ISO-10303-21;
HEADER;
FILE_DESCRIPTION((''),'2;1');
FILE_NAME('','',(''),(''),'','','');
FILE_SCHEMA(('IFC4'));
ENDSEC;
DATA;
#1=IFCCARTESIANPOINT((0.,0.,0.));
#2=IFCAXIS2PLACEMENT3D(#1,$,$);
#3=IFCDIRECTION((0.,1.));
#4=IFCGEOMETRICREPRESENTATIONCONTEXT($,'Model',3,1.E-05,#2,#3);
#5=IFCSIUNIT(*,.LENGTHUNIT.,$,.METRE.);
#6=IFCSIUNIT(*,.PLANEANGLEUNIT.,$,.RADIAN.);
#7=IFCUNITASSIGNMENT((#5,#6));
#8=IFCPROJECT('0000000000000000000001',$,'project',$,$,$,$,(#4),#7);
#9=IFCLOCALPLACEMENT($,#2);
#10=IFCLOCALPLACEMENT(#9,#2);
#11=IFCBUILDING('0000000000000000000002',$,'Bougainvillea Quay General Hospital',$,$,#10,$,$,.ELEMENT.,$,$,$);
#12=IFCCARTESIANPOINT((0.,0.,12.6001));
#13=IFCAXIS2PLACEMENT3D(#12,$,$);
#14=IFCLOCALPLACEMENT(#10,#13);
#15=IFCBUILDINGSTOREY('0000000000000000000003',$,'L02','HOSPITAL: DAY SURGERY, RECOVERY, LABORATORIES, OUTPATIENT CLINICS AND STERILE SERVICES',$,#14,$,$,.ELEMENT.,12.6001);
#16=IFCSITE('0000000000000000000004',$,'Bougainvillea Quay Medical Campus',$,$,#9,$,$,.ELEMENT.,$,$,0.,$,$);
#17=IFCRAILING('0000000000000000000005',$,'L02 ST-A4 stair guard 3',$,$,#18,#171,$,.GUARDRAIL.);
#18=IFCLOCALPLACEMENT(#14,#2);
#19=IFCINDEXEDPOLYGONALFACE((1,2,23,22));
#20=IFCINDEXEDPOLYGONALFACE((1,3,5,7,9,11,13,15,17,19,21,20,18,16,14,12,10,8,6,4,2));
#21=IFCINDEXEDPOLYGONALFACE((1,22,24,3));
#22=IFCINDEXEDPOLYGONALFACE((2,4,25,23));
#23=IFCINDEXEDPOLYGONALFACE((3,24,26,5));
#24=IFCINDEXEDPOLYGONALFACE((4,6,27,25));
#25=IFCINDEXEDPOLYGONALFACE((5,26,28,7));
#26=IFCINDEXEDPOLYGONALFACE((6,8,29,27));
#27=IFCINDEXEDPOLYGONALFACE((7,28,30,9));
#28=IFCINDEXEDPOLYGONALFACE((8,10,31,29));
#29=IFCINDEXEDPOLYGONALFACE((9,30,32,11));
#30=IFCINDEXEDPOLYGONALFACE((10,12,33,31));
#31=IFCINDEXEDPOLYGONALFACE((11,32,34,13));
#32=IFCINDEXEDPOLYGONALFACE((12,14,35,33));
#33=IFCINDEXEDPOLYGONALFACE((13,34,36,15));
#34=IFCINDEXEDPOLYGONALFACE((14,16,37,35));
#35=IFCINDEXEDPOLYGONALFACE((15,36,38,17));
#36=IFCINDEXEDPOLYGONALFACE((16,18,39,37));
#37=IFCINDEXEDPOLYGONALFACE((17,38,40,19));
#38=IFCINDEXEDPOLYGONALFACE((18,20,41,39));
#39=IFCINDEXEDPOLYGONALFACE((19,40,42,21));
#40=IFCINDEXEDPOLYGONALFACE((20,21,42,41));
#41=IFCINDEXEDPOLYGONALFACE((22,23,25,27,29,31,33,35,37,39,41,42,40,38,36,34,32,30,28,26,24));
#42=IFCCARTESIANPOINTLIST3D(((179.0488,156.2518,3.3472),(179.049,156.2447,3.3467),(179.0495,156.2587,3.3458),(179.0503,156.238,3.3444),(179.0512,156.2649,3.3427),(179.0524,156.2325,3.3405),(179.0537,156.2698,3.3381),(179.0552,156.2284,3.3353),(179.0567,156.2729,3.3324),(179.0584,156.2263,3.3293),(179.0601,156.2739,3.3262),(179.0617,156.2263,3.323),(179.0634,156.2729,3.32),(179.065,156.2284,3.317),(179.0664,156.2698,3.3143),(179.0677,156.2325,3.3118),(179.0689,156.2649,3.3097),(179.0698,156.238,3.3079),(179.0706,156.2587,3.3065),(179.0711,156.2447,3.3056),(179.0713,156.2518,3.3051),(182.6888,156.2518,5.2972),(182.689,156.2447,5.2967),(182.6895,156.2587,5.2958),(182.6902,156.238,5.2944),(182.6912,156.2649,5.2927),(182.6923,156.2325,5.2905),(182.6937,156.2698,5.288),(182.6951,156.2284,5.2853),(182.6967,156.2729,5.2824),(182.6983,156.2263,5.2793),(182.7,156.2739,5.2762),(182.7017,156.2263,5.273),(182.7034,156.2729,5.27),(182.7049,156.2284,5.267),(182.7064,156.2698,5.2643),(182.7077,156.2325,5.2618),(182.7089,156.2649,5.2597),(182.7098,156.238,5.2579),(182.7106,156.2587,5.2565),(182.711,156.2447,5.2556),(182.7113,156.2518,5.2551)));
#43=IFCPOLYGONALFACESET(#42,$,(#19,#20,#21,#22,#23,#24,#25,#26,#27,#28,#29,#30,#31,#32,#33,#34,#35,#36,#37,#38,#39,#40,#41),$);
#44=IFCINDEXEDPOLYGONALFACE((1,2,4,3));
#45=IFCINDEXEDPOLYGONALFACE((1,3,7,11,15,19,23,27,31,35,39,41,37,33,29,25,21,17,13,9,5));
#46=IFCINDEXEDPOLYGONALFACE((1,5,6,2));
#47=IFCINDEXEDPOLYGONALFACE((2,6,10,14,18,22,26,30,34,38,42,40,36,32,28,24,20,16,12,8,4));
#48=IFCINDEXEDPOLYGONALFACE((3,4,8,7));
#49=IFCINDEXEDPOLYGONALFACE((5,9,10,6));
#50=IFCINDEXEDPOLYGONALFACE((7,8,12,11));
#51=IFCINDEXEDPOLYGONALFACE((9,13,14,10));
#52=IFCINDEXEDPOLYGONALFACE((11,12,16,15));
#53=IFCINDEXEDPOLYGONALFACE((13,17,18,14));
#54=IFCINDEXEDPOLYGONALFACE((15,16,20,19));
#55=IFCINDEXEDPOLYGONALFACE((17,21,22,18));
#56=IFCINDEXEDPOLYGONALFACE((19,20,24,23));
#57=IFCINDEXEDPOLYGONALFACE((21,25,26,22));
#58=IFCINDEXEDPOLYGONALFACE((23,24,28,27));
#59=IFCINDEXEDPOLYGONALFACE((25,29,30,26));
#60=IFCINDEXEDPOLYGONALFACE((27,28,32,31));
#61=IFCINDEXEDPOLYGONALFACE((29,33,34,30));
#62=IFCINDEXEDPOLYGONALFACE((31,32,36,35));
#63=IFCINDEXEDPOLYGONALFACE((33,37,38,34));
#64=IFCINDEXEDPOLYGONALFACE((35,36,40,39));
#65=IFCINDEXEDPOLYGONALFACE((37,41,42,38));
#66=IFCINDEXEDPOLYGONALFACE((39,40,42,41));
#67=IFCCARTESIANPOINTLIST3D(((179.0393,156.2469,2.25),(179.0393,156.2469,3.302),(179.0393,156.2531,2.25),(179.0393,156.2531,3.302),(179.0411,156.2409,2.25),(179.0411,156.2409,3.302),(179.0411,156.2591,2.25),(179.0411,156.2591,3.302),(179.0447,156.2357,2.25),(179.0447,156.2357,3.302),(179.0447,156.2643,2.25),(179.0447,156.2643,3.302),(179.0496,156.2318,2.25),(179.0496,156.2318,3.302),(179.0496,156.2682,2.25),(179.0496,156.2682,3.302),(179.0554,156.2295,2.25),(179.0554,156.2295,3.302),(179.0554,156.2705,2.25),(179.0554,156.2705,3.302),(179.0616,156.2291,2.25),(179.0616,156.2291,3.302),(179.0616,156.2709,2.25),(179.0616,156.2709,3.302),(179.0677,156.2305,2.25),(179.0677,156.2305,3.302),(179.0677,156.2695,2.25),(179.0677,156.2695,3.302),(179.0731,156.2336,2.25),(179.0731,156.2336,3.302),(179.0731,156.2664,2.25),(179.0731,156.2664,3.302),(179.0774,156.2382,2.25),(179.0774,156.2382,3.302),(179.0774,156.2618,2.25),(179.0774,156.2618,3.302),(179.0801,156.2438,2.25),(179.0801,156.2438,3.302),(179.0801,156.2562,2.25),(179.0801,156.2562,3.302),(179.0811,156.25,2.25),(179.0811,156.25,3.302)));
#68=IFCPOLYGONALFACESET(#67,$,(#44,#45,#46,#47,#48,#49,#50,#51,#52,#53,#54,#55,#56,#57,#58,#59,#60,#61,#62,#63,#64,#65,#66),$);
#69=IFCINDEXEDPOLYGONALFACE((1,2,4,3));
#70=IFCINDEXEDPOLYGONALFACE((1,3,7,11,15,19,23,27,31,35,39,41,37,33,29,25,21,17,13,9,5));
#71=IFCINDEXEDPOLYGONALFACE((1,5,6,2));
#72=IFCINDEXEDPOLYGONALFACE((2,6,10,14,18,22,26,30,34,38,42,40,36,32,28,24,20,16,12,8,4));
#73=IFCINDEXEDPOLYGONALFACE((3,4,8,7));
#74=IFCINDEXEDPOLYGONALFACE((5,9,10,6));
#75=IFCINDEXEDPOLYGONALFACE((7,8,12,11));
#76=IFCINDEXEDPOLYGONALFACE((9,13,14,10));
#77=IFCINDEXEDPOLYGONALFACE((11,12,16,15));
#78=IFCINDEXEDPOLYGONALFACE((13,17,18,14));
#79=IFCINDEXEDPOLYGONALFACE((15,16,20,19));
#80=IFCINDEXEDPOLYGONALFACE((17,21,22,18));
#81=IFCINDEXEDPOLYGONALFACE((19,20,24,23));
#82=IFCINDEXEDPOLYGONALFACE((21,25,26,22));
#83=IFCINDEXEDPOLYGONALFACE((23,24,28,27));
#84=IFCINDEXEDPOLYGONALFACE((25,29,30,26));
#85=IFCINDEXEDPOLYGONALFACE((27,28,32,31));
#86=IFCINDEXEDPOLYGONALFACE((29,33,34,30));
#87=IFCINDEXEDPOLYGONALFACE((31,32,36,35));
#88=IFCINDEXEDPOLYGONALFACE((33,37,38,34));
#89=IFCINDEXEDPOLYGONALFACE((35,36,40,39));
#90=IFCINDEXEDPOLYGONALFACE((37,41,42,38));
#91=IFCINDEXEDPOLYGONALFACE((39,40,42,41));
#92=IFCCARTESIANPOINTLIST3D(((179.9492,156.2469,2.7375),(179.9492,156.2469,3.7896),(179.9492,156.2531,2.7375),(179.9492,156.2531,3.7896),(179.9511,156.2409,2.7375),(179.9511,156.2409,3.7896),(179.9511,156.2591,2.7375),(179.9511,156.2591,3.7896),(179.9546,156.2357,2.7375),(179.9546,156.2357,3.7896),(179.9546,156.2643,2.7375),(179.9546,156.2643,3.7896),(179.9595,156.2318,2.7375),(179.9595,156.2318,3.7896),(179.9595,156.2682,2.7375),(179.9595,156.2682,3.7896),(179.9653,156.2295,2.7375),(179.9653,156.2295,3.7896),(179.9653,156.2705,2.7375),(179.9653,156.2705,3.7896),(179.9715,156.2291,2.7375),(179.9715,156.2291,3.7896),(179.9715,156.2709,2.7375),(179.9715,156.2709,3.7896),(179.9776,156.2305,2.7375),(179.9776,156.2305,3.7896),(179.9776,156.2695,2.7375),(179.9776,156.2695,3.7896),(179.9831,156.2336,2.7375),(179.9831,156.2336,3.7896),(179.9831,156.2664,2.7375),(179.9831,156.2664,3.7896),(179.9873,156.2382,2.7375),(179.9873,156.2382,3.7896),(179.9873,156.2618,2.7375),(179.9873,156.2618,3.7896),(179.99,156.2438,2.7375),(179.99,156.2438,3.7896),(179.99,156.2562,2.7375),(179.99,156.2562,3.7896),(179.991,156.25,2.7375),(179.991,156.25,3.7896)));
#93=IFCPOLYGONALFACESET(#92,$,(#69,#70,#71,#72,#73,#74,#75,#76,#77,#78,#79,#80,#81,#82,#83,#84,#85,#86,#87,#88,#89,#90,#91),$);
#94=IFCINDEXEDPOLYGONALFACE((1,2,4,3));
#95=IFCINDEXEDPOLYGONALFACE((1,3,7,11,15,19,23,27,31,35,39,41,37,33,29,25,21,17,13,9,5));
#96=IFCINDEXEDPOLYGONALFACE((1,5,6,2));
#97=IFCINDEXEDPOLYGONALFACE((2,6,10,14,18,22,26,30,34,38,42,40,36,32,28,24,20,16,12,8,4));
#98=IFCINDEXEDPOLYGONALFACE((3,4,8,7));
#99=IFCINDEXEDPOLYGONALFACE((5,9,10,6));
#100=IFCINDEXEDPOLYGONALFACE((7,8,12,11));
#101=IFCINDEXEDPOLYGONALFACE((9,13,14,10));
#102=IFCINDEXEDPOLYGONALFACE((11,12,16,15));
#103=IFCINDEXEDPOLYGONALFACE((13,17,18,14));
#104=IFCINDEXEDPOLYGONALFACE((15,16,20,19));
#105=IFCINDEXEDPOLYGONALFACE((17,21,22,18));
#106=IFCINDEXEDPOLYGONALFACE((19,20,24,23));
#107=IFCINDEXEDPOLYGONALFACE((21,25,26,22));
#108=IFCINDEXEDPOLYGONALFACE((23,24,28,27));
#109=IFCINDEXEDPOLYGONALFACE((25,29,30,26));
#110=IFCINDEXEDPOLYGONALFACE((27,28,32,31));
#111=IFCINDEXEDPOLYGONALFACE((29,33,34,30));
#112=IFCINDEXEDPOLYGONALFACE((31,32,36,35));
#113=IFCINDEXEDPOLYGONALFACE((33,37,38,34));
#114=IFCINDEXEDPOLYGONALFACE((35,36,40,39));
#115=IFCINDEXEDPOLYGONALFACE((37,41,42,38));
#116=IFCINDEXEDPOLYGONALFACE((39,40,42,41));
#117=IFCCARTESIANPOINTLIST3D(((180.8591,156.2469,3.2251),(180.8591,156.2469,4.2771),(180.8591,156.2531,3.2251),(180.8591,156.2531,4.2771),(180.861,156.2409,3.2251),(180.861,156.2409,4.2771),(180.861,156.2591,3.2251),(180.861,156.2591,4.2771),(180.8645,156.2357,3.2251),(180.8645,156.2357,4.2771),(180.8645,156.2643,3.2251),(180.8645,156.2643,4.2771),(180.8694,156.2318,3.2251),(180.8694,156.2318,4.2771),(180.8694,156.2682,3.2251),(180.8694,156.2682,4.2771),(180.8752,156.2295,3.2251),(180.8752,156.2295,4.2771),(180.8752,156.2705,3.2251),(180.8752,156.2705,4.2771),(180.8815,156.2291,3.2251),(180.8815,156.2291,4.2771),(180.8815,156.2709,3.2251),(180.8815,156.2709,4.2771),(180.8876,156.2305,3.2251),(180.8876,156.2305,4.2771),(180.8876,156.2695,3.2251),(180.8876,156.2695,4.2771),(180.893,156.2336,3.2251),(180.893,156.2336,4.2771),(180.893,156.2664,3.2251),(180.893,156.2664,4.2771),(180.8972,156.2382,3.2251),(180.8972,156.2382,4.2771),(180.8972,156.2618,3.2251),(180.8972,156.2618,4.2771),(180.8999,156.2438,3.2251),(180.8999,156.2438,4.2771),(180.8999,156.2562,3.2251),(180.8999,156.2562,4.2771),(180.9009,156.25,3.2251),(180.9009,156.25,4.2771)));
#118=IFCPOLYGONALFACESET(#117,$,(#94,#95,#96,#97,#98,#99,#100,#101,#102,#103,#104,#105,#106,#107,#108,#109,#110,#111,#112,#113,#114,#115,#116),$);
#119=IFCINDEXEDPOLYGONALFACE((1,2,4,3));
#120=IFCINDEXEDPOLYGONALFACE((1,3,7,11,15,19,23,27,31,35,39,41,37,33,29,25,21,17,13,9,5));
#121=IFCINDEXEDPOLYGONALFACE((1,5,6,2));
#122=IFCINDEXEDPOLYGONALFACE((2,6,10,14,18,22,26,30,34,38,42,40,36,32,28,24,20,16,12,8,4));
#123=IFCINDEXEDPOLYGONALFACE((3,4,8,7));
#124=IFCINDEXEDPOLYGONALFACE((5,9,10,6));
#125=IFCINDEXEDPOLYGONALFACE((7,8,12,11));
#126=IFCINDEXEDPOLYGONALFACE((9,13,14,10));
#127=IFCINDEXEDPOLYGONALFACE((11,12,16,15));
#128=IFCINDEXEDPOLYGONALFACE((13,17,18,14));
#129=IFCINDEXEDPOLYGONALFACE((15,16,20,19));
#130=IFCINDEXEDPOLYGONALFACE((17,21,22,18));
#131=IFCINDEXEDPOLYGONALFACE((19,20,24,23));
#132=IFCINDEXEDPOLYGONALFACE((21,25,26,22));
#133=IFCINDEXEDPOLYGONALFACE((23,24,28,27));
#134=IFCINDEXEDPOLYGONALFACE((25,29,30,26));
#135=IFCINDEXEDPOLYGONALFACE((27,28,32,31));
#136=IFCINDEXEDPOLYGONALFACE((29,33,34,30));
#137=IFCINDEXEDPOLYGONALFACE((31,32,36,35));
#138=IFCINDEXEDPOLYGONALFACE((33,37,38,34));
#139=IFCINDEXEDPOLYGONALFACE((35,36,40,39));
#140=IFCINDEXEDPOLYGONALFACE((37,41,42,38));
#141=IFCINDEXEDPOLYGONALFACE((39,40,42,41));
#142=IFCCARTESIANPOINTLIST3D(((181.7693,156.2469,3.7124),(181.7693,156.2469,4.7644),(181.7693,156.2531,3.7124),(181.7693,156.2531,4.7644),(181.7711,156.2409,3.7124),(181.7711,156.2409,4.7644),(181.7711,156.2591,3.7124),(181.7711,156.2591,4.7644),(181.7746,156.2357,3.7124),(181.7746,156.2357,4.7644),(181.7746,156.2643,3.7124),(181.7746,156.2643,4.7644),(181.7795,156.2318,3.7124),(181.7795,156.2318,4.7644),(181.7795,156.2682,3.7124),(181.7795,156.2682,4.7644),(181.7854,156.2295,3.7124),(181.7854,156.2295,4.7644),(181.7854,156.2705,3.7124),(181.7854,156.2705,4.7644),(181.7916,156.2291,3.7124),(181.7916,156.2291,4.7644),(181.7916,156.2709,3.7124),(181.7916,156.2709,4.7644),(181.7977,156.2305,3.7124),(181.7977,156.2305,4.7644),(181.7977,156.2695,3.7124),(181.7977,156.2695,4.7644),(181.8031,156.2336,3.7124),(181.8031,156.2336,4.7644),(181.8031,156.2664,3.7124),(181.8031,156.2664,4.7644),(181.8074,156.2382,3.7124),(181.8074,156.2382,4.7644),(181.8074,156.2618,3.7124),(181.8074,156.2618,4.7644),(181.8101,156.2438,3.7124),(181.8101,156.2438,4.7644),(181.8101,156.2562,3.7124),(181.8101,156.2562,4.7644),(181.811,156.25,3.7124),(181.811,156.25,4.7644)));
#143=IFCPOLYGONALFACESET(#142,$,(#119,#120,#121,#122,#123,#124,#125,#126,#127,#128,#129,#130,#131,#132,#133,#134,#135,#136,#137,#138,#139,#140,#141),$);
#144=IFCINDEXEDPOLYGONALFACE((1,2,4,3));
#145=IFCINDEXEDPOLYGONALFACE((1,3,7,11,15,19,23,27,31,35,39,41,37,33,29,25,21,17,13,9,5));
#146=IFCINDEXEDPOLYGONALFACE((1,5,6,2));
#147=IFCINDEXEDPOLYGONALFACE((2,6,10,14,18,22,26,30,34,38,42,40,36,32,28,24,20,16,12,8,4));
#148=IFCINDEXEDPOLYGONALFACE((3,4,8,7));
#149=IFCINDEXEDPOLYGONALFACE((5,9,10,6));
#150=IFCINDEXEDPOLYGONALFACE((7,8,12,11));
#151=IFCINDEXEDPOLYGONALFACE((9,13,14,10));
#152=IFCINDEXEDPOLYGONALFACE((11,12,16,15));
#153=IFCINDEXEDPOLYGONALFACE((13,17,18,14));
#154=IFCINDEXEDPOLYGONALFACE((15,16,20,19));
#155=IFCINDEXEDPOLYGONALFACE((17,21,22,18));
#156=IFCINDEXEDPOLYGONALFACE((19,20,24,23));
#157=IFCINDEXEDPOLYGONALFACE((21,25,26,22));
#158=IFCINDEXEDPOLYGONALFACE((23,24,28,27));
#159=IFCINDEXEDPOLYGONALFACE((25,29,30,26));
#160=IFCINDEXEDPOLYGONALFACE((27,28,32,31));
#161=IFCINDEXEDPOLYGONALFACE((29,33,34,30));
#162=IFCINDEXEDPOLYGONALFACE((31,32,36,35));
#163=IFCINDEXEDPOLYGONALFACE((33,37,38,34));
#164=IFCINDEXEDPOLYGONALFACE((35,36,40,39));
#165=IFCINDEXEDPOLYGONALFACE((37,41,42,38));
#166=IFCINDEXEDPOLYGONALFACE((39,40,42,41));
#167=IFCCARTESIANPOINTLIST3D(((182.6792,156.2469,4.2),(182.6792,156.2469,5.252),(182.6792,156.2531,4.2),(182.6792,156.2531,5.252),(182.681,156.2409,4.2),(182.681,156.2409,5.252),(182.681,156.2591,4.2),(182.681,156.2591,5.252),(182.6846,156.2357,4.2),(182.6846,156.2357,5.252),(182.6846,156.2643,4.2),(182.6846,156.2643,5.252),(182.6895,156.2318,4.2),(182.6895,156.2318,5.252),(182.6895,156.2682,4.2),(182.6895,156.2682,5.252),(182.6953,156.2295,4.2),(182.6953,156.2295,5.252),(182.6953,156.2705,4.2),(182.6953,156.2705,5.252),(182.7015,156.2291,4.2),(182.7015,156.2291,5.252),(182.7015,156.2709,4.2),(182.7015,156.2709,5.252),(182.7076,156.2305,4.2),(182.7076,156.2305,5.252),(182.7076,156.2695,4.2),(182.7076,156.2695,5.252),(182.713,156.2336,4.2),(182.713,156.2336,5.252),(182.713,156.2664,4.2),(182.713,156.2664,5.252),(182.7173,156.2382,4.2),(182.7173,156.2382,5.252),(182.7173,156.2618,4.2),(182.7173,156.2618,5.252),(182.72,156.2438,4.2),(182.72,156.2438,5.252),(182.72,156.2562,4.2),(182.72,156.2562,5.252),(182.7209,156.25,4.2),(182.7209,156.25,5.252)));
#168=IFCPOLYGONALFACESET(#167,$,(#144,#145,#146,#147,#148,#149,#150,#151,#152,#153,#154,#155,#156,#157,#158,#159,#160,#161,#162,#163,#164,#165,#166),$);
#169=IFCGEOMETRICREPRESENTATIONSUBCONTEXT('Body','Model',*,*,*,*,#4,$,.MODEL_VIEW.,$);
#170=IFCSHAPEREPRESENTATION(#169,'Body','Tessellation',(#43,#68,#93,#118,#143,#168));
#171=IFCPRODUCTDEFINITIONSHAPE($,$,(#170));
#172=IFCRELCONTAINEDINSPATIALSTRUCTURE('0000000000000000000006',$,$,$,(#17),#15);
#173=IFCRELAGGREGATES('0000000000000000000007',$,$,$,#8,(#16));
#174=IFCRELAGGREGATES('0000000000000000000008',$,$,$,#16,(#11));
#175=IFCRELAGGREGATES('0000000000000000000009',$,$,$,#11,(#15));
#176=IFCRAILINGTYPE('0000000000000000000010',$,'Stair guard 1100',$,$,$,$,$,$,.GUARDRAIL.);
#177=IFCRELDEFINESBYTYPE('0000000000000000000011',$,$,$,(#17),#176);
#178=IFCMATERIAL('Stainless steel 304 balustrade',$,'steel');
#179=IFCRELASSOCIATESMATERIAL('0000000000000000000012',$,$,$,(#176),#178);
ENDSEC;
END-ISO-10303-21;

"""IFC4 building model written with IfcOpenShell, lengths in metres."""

from ifc_helpers import new_model, si_unit, direction, frame, origin, origin_2d, place, context, subcontext, project, spatial, circle, extrude, material, type_object, element, save


model = new_model("IFC4")

# Units and contexts
model_context = context("Model", 3, precision=1e-05, world=origin(), true_north=direction((0.0, 1.0)))
body_context = subcontext(model_context, "Body", "Model", "MODEL_VIEW")
ifc_project = project(units=[si_unit("LENGTHUNIT", "METRE"), si_unit("PLANEANGLEUNIT", "RADIAN")], contexts=[model_context])

# Site, building, storey
site_placement = place(None, origin())
site = spatial("IfcSite", under=ifc_project, at=site_placement, Name="Bougainvillea Quay Medical Campus", CompositionType="ELEMENT", RefElevation=0.0)
building_placement = place(site_placement, origin())
building = spatial("IfcBuilding", under=site, at=building_placement, Name="Bougainvillea Quay General Hospital", CompositionType="ELEMENT")
storey_placement = place(building_placement, frame((0.0, 0.0, 12.6001)))
storey = spatial("IfcBuildingStorey", under=building, at=storey_placement, Name="L02", Description="HOSPITAL: DAY SURGERY, RECOVERY, LABORATORIES, OUTPATIENT CLINICS AND STERILE SERVICES", CompositionType="ELEMENT", Elevation=12.6001)

# Railing
ifc_material_1 = material(Name="Stainless steel 304 balustrade", Category="steel")
railing_type_1 = type_object("IfcRailingType", Name="Stair guard 1100", PredefinedType="GUARDRAIL", material=ifc_material_1)
railing_1_placement = place(storey_placement, frame((179.0601, 156.25, 2.25)))
element("IfcRailing", 1, at=railing_1_placement, inside=storey, type_object=railing_type_1, Name="L02 ST-A4 stair guard 3", PredefinedType="GUARDRAIL", context=body_context, shape_type="SweptSolid", body=[
    extrude(circle(Radius=0.0239, at=origin_2d()), frame((0.0, 0.0, 1.0762), z_axis=(0.881479, 0.0, 0.472223), x_axis=(0.0, 1.0, 0.0)), (0.0, 0.0, 1.0), 4.1294),
    extrude(circle(Radius=0.021, at=origin_2d()), origin(), (0.0, 0.0, 1.0), 1.052),
    extrude(circle(Radius=0.021, at=origin_2d()), frame((0.9099, 0.0, 0.4875)), (0.0, 0.0, 1.0), 1.052),
    extrude(circle(Radius=0.021, at=origin_2d()), frame((1.8198, 0.0, 0.9751)), (0.0, 0.0, 1.0), 1.052),
    extrude(circle(Radius=0.021, at=origin_2d()), frame((2.73, 0.0, 1.4624)), (0.0, 0.0, 1.0), 1.052),
    extrude(circle(Radius=0.021, at=origin_2d()), frame((3.6399, 0.0, 1.95)), (0.0, 0.0, 1.0), 1.052),
])

save(model, "model.ifc")
